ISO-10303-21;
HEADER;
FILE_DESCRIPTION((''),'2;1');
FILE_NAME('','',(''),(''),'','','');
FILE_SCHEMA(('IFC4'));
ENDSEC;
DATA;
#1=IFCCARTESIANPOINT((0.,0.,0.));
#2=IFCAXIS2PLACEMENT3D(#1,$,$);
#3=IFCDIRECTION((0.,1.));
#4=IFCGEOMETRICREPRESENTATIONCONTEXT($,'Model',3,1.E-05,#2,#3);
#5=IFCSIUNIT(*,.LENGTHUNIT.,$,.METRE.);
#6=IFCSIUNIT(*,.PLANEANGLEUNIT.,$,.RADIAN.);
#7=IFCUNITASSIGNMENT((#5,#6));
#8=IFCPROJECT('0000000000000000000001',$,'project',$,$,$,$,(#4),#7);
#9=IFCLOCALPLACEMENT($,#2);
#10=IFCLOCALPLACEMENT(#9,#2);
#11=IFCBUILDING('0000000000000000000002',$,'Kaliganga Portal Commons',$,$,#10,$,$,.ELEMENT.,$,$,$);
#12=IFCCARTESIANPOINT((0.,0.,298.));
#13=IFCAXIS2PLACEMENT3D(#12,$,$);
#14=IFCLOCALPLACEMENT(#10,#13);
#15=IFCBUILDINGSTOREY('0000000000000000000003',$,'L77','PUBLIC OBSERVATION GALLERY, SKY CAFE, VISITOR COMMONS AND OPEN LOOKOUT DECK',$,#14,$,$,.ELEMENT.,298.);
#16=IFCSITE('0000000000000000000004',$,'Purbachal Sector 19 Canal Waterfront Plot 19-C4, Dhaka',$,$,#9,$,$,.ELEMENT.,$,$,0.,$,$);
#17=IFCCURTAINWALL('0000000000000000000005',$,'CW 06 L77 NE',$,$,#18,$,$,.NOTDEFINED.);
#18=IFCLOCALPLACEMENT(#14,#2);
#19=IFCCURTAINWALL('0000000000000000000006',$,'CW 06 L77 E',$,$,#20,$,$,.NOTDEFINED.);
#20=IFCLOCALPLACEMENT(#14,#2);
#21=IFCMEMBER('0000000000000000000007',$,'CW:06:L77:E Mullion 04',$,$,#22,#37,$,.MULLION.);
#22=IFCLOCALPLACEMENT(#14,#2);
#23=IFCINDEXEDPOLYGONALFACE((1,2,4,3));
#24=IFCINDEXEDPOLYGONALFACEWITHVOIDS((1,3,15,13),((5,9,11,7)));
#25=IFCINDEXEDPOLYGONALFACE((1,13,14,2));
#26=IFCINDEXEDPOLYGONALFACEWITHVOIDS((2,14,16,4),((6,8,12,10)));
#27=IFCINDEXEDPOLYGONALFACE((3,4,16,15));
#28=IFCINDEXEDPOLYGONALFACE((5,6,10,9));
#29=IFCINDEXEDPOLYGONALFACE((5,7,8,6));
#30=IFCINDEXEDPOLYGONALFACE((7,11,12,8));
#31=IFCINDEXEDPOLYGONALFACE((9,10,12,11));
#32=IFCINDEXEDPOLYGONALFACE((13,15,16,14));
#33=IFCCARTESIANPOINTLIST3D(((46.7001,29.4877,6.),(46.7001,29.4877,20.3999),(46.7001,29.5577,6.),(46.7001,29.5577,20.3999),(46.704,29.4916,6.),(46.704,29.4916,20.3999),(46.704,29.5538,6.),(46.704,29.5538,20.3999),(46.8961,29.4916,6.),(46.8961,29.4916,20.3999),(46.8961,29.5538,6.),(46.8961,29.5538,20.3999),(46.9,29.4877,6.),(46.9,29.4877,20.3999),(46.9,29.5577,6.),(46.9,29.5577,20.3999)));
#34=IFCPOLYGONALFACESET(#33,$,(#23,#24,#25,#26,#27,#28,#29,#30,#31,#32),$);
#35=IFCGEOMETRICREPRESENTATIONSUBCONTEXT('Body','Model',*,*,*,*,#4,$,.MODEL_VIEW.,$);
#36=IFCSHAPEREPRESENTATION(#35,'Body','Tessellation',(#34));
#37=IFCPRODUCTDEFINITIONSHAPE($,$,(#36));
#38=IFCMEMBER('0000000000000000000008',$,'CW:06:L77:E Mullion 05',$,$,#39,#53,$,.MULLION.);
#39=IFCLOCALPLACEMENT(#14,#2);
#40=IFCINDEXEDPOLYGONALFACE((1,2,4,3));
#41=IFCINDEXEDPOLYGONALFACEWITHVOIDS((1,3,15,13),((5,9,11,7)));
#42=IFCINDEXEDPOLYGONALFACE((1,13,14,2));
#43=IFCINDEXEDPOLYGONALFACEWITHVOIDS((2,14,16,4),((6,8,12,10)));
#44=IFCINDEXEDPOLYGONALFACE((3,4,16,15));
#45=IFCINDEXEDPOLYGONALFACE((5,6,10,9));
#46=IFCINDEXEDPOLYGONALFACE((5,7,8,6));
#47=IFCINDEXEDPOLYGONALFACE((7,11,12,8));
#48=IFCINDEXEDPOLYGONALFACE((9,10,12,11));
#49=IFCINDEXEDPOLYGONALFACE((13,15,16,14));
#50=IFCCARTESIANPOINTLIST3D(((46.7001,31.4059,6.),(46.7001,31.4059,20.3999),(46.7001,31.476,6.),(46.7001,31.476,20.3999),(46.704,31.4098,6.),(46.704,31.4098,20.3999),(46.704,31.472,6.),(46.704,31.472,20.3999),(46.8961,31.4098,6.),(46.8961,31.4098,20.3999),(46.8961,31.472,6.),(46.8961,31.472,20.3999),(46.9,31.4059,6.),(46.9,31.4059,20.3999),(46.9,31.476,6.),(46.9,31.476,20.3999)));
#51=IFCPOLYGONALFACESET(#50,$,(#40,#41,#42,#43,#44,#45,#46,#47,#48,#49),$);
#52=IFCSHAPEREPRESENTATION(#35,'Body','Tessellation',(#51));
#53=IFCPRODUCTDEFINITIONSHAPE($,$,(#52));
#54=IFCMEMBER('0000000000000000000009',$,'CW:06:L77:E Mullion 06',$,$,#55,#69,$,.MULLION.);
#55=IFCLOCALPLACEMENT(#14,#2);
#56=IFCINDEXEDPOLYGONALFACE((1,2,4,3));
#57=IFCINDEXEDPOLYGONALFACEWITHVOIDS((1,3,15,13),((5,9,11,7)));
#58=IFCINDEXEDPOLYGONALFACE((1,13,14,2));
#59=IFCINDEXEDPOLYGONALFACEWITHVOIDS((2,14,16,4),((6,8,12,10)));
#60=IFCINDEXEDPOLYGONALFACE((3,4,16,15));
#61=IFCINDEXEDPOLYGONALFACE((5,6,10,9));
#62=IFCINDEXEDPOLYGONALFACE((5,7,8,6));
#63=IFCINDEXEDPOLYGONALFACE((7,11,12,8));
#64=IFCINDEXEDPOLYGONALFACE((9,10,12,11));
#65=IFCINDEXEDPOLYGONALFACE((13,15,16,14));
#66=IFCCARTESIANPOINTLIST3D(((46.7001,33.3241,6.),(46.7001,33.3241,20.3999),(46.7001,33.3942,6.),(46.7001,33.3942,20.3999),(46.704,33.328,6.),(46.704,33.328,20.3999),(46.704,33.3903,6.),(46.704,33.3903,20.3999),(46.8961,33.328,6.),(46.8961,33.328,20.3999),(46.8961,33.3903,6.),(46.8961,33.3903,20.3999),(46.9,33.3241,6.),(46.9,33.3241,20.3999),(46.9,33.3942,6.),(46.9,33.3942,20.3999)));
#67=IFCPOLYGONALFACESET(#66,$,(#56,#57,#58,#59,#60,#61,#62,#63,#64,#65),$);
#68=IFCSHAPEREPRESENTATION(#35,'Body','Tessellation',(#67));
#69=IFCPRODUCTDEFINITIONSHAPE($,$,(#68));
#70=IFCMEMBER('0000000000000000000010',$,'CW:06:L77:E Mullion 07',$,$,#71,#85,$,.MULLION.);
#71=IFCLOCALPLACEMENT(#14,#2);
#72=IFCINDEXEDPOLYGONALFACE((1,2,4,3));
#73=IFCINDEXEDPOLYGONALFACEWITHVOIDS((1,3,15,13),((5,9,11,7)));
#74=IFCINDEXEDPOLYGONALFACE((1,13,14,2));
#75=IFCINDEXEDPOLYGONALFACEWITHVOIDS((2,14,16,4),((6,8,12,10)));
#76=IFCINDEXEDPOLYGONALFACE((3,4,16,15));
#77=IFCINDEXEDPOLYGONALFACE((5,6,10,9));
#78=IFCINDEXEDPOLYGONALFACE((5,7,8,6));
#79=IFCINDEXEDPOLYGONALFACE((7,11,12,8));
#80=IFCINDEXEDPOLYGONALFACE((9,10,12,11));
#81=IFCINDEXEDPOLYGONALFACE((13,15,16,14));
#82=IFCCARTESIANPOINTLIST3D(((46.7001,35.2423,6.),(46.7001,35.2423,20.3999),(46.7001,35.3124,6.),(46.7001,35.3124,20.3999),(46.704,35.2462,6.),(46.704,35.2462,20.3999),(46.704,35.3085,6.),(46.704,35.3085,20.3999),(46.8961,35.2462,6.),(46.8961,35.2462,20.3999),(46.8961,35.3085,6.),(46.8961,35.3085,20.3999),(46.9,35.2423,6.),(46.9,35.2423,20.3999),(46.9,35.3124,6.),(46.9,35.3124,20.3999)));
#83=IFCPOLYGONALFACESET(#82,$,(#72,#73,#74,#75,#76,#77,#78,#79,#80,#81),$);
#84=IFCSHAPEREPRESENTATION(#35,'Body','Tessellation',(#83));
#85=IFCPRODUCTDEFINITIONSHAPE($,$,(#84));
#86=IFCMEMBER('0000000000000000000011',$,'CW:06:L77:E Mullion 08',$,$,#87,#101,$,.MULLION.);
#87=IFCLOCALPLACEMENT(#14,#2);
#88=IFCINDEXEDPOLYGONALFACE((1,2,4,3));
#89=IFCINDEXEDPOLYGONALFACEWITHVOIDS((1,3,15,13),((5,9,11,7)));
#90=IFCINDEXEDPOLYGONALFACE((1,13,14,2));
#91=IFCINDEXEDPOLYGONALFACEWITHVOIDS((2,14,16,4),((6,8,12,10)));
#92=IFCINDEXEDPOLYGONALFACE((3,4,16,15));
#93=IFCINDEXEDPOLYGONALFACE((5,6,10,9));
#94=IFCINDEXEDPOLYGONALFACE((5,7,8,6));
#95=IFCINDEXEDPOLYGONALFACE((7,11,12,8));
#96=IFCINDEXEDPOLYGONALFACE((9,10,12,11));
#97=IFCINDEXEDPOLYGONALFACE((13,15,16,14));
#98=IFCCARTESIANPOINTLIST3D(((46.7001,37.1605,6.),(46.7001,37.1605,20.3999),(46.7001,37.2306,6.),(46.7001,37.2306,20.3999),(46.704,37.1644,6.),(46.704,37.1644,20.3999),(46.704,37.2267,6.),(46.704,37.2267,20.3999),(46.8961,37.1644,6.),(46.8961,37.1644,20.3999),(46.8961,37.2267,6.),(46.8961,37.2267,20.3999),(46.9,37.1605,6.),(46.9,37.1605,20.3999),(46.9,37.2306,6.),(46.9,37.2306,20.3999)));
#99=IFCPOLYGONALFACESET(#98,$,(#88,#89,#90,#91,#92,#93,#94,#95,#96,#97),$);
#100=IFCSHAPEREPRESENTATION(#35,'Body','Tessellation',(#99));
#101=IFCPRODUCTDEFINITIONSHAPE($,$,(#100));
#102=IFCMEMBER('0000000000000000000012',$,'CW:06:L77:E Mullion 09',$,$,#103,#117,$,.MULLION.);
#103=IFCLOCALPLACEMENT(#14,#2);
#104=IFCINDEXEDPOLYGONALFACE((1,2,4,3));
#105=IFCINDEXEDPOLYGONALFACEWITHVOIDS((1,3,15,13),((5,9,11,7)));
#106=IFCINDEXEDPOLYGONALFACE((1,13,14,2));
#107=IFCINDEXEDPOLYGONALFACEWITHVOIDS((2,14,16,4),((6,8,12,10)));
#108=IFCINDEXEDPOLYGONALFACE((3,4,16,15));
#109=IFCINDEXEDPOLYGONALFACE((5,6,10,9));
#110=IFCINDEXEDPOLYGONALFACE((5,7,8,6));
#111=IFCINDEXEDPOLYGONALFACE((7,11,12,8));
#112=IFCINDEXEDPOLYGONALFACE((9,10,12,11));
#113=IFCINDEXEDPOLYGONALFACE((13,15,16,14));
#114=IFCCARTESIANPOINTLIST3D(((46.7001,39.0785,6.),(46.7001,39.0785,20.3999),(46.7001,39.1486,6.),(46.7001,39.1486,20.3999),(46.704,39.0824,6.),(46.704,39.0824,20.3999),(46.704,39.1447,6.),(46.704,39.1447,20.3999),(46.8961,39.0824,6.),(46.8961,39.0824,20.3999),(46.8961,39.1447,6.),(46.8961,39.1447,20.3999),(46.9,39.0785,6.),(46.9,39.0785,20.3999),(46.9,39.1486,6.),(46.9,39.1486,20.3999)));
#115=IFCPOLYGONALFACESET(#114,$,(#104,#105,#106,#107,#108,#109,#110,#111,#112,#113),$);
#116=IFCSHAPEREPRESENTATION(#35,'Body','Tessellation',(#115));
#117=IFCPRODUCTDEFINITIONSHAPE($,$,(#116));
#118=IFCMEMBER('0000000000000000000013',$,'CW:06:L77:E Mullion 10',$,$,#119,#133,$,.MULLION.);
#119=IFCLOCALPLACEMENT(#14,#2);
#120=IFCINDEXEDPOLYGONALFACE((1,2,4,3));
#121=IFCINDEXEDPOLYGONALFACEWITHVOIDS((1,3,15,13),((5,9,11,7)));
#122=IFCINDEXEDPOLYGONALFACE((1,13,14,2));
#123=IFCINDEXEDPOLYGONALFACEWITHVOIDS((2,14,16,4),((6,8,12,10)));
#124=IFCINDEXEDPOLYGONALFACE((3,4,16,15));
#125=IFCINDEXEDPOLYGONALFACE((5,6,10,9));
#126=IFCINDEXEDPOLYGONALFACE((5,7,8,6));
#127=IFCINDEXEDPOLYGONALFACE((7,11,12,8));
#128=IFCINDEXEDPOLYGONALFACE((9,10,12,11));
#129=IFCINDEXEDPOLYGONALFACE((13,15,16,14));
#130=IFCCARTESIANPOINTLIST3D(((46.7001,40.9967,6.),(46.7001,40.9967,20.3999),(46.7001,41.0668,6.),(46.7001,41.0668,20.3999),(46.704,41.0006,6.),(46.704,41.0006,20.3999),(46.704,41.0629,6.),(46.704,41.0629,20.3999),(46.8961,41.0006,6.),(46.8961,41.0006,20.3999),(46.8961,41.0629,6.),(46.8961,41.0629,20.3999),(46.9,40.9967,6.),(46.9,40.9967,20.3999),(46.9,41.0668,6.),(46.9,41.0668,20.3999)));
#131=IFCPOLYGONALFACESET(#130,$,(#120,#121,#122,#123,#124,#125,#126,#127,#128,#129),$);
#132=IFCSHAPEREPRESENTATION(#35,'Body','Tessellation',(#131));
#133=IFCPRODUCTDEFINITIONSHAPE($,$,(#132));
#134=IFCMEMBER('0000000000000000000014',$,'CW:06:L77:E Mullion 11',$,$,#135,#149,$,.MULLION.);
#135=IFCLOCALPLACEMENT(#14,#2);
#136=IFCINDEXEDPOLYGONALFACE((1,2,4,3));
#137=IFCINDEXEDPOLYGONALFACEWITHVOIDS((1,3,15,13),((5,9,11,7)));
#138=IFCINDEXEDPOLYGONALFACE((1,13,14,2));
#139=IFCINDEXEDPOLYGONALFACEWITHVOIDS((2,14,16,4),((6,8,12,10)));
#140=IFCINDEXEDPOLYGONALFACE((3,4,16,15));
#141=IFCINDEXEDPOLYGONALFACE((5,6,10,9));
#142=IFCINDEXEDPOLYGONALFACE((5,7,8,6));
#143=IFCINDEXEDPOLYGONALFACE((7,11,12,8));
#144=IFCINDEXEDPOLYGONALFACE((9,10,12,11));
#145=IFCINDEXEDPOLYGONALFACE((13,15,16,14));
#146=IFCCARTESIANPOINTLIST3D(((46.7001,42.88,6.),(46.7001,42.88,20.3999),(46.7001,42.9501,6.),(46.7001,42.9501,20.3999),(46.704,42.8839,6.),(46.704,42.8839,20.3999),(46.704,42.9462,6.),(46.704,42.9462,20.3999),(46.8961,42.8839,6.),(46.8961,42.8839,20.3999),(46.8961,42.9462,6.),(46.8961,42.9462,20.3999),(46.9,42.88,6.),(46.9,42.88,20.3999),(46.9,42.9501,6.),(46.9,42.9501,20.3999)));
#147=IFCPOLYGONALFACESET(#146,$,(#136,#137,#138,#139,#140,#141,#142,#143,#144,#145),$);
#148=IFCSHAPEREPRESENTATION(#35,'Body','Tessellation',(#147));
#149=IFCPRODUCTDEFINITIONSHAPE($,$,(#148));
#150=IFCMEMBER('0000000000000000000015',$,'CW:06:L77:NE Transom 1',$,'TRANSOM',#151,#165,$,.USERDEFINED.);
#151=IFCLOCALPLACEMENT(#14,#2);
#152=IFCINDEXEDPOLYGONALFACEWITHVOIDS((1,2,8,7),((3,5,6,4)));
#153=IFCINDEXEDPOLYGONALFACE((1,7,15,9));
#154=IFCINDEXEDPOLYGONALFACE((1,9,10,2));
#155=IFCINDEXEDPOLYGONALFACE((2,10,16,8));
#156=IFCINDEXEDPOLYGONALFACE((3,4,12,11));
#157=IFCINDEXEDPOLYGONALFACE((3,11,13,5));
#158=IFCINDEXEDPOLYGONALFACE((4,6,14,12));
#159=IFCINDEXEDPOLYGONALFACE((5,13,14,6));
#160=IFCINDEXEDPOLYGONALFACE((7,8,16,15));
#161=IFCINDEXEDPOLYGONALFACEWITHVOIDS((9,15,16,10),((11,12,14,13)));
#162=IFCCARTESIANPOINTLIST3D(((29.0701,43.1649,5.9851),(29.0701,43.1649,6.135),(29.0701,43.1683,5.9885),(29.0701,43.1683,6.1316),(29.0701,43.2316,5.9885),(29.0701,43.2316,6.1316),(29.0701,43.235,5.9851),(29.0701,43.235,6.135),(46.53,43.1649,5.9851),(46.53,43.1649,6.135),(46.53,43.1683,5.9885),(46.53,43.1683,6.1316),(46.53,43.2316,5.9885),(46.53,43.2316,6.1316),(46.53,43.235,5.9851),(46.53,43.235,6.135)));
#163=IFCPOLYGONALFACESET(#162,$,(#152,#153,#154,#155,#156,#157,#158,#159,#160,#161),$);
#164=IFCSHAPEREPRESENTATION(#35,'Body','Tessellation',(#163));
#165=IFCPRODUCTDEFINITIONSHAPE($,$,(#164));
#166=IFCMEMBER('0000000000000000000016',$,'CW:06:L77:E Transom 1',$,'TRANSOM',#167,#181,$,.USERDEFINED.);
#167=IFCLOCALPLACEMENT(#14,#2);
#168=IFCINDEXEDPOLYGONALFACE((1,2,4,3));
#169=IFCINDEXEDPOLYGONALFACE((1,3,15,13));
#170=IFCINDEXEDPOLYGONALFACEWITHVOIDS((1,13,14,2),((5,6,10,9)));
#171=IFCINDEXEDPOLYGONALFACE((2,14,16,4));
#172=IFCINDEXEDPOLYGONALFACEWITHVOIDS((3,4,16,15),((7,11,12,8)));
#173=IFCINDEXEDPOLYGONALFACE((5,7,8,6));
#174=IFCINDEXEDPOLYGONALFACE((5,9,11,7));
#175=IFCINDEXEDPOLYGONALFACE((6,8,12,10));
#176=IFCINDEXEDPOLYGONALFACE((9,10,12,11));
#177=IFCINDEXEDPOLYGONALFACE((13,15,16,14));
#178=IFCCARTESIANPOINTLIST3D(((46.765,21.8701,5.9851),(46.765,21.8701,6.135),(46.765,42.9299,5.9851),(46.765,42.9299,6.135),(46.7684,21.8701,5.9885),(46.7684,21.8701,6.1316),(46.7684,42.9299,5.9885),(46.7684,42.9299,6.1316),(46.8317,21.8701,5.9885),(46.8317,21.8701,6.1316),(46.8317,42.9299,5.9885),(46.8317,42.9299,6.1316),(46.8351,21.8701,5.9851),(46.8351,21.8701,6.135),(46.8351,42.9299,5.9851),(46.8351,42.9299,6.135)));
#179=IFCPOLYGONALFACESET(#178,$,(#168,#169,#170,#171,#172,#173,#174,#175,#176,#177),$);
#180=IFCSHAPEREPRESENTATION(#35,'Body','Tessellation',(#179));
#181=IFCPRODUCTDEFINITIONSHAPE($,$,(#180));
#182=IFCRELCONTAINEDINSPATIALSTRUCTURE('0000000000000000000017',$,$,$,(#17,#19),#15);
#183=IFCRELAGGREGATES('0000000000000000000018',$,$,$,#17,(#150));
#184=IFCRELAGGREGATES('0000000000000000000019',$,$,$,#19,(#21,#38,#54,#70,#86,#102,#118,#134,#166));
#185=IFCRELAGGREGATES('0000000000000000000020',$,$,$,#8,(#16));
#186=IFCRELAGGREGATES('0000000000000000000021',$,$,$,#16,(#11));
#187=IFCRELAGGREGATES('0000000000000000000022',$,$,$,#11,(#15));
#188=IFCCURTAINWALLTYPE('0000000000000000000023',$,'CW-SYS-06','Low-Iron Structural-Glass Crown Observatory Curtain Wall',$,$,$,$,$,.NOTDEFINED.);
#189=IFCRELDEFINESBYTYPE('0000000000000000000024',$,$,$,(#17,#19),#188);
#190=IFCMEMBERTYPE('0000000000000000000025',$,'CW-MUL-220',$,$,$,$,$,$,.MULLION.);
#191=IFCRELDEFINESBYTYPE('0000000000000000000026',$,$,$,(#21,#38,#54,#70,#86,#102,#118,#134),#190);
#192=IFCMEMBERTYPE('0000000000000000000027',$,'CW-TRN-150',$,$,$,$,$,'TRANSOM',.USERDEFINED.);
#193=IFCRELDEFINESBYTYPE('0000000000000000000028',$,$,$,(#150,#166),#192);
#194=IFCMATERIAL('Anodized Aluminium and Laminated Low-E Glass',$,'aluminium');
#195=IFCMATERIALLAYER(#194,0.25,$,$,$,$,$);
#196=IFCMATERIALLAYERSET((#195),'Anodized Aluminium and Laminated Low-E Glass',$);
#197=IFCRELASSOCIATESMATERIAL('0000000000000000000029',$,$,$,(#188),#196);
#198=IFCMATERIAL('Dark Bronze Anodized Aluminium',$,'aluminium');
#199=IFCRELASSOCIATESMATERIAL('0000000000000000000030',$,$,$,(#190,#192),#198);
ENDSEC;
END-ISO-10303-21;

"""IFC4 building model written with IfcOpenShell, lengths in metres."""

from ifc_helpers import new_model, si_unit, direction, frame, origin, origin_2d, place, context, subcontext, project, spatial, hollow_rectangle, extrude, source, transform, mapped, material, layer, layer_set, material_profile, profile_set, type_object, element, aggregate, save


model = new_model("IFC4")

# Units and contexts
model_context = context("Model", 3, precision=1e-05, world=origin(), true_north=direction((0.0, 1.0)))
body_context = subcontext(model_context, "Body", "Model", "MODEL_VIEW")
ifc_project = project(units=[si_unit("LENGTHUNIT", "METRE"), si_unit("PLANEANGLEUNIT", "RADIAN")], contexts=[model_context])

# Site, building, storey
site_placement = place(None, origin())
site = spatial("IfcSite", under=ifc_project, at=site_placement, Name="Purbachal Sector 19 Canal Waterfront Plot 19-C4, Dhaka", CompositionType="ELEMENT", RefElevation=0.0)
building_placement = place(site_placement, origin())
building = spatial("IfcBuilding", under=site, at=building_placement, Name="Kaliganga Portal Commons", CompositionType="ELEMENT")
storey_placement = place(building_placement, frame((0.0, 0.0, 298.0)))
storey = spatial("IfcBuildingStorey", under=building, at=storey_placement, Name="L77", Description="PUBLIC OBSERVATION GALLERY, SKY CAFE, VISITOR COMMONS AND OPEN LOOKOUT DECK", CompositionType="ELEMENT", Elevation=298.0)

# Curtain wall
ifc_material_1 = material(Name="Anodized Aluminium and Laminated Low-E Glass", Category="aluminium")
ifc_layer_1 = layer(ifc_material_1, 0.25)
ifc_layer_set_1 = layer_set([ifc_layer_1], Name="Anodized Aluminium and Laminated Low-E Glass")
curtain_wall_type = type_object("IfcCurtainWallType", Name="CW-SYS-06", Description="Low-Iron Structural-Glass Crown Observatory Curtain Wall", PredefinedType="NOTDEFINED", material=ifc_layer_set_1)
curtain_wall_1_placement = place(storey_placement, origin())
curtain_wall_1 = element("IfcCurtainWall", 1, at=curtain_wall_1_placement, inside=storey, type_object=curtain_wall_type, Name="CW 06 L77 NE", PredefinedType="NOTDEFINED")
ifc_material_2 = material(Name="Dark Bronze Anodized Aluminium", Category="aluminium")
ifc_material_profile_1 = material_profile(ifc_material_2, hollow_rectangle(XDim=0.0701, YDim=0.2, WallThickness=0.0039, at=origin_2d()), Name="ALU MULL 70x200x4")
ifc_profile_set_1 = profile_set([ifc_material_profile_1], Name="Dark Bronze Anodized Aluminium")
member_type_1 = type_object("IfcMemberType", Name="CW-MUL-220", PredefinedType="MULLION", material=ifc_profile_set_1)
shared_shape_1 = source(origin(), body_context, "Body", "SweptSolid", [
    extrude(hollow_rectangle(XDim=0.0701, YDim=0.2, WallThickness=0.0039, at=origin_2d()), origin(), (0.0, 0.0, 1.0), 14.3999),
])

# Curtain wall, members
curtain_wall_2_placement = place(storey_placement, origin())
curtain_wall_2 = element("IfcCurtainWall", 2, at=curtain_wall_2_placement, inside=storey, type_object=curtain_wall_type, Name="CW 06 L77 E", PredefinedType="NOTDEFINED")
member_1_placement = place(storey_placement, frame((46.8, 29.5227, 6.0), z_axis=(0.0, 0.0, 1.0), x_axis=(0.0, 1.0, 0.0)))
member_1 = element("IfcMember", 3, at=member_1_placement, type_object=member_type_1, Name="CW:06:L77:E Mullion 04", PredefinedType="MULLION", context=body_context, shape_type="MappedRepresentation", body=[
    mapped(shared_shape_1, transform((0.0, 0.0, 0.0), x_axis=(1.0, 0.0, 0.0), y_axis=(0.0, 1.0, 0.0), z_axis=(0.0, 0.0, 1.0), scale=1.0)),
])
member_2_placement = place(storey_placement, frame((46.8, 31.4409, 6.0), z_axis=(0.0, 0.0, 1.0), x_axis=(0.0, 1.0, 0.0)))
member_2 = element("IfcMember", 4, at=member_2_placement, type_object=member_type_1, Name="CW:06:L77:E Mullion 05", PredefinedType="MULLION", context=body_context, shape_type="MappedRepresentation", body=[
    mapped(shared_shape_1, transform((0.0, 0.0, 0.0), x_axis=(1.0, 0.0, 0.0), y_axis=(0.0, 1.0, 0.0), z_axis=(0.0, 0.0, 1.0), scale=1.0)),
])
member_3_placement = place(storey_placement, frame((46.8, 33.3591, 6.0), z_axis=(0.0, 0.0, 1.0), x_axis=(0.0, 1.0, 0.0)))
member_3 = element("IfcMember", 5, at=member_3_placement, type_object=member_type_1, Name="CW:06:L77:E Mullion 06", PredefinedType="MULLION", context=body_context, shape_type="MappedRepresentation", body=[
    mapped(shared_shape_1, transform((0.0, 0.0, 0.0), x_axis=(1.0, 0.0, 0.0), y_axis=(0.0, 1.0, 0.0), z_axis=(0.0, 0.0, 1.0), scale=1.0)),
])
member_4_placement = place(storey_placement, frame((46.8, 35.2773, 6.0), z_axis=(0.0, 0.0, 1.0), x_axis=(0.0, 1.0, 0.0)))
member_4 = element("IfcMember", 6, at=member_4_placement, type_object=member_type_1, Name="CW:06:L77:E Mullion 07", PredefinedType="MULLION", context=body_context, shape_type="MappedRepresentation", body=[
    mapped(shared_shape_1, transform((0.0, 0.0, 0.0), x_axis=(1.0, 0.0, 0.0), y_axis=(0.0, 1.0, 0.0), z_axis=(0.0, 0.0, 1.0), scale=1.0)),
])
member_5_placement = place(storey_placement, frame((46.8, 37.1956, 6.0), z_axis=(0.0, 0.0, 1.0), x_axis=(0.0, 1.0, 0.0)))
member_5 = element("IfcMember", 7, at=member_5_placement, type_object=member_type_1, Name="CW:06:L77:E Mullion 08", PredefinedType="MULLION", context=body_context, shape_type="MappedRepresentation", body=[
    mapped(shared_shape_1, transform((0.0, 0.0, 0.0), x_axis=(1.0, 0.0, 0.0), y_axis=(0.0, 1.0, 0.0), z_axis=(0.0, 0.0, 1.0), scale=1.0)),
])
member_6_placement = place(storey_placement, frame((46.8, 39.1135, 6.0), z_axis=(0.0, 0.0, 1.0), x_axis=(0.0, 1.0, 0.0)))
member_6 = element("IfcMember", 8, at=member_6_placement, type_object=member_type_1, Name="CW:06:L77:E Mullion 09", PredefinedType="MULLION", context=body_context, shape_type="MappedRepresentation", body=[
    mapped(shared_shape_1, transform((0.0, 0.0, 0.0), x_axis=(1.0, 0.0, 0.0), y_axis=(0.0, 1.0, 0.0), z_axis=(0.0, 0.0, 1.0), scale=1.0)),
])
member_7_placement = place(storey_placement, frame((46.8, 41.0317, 6.0), z_axis=(0.0, 0.0, 1.0), x_axis=(0.0, 1.0, 0.0)))
member_7 = element("IfcMember", 9, at=member_7_placement, type_object=member_type_1, Name="CW:06:L77:E Mullion 10", PredefinedType="MULLION", context=body_context, shape_type="MappedRepresentation", body=[
    mapped(shared_shape_1, transform((0.0, 0.0, 0.0), x_axis=(1.0, 0.0, 0.0), y_axis=(0.0, 1.0, 0.0), z_axis=(0.0, 0.0, 1.0), scale=1.0)),
])
member_8_placement = place(storey_placement, frame((46.8, 42.915, 6.0), z_axis=(0.0, 0.0, 1.0), x_axis=(0.0, 1.0, 0.0)))
member_8 = element("IfcMember", 10, at=member_8_placement, type_object=member_type_1, Name="CW:06:L77:E Mullion 11", PredefinedType="MULLION", context=body_context, shape_type="MappedRepresentation", body=[
    mapped(shared_shape_1, transform((0.0, 0.0, 0.0), x_axis=(1.0, 0.0, 0.0), y_axis=(0.0, 1.0, 0.0), z_axis=(0.0, 0.0, 1.0), scale=1.0)),
])

# Members
ifc_material_profile_2 = material_profile(ifc_material_2, hollow_rectangle(XDim=0.0701, YDim=0.1499, WallThickness=0.0034, at=origin_2d()), Name="ALU TRAN 70x150x3.5")
ifc_profile_set_2 = profile_set([ifc_material_profile_2], Name="Dark Bronze Anodized Aluminium")
member_type_2 = type_object("IfcMemberType", Name="CW-TRN-150", ElementType="TRANSOM", PredefinedType="USERDEFINED", material=ifc_profile_set_2)
shared_shape_2 = source(origin(), body_context, "Body", "SweptSolid", [
    extrude(hollow_rectangle(XDim=0.0701, YDim=0.1499, WallThickness=0.0034, at=origin_2d()), origin(), (0.0, 0.0, 1.0), 17.46),
])
member_9_placement = place(storey_placement, frame((46.53, 43.2, 6.0601), z_axis=(-1.0, 0.0, 0.0), x_axis=(0.0, -1.0, 0.0)))
member_9 = element("IfcMember", 11, at=member_9_placement, type_object=member_type_2, Name="CW:06:L77:NE Transom 1", ObjectType="TRANSOM", PredefinedType="USERDEFINED", context=body_context, shape_type="MappedRepresentation", body=[
    mapped(shared_shape_2, transform((0.0, 0.0, 0.0), x_axis=(1.0, 0.0, 0.0), y_axis=(0.0, 1.0, 0.0), z_axis=(0.0, 0.0, 1.0), scale=1.0)),
])
aggregate(curtain_wall_1, [member_9])
shared_shape_3 = source(origin(), body_context, "Body", "SweptSolid", [
    extrude(hollow_rectangle(XDim=0.0701, YDim=0.1499, WallThickness=0.0034, at=origin_2d()), origin(), (0.0, 0.0, 1.0), 21.0598),
])
member_10_placement = place(storey_placement, frame((46.8, 21.8701, 6.0601), z_axis=(0.0, 1.0, 0.0), x_axis=(-1.0, 0.0, 0.0)))
member_10 = element("IfcMember", 12, at=member_10_placement, type_object=member_type_2, Name="CW:06:L77:E Transom 1", ObjectType="TRANSOM", PredefinedType="USERDEFINED", context=body_context, shape_type="MappedRepresentation", body=[
    mapped(shared_shape_3, transform((0.0, 0.0, 0.0), x_axis=(1.0, 0.0, 0.0), y_axis=(0.0, 1.0, 0.0), z_axis=(0.0, 0.0, 1.0), scale=1.0)),
])

aggregate(curtain_wall_2, [member_1, member_2, member_3, member_4, member_5, member_6, member_7, member_8, member_10])

save(model, "model.ifc")
